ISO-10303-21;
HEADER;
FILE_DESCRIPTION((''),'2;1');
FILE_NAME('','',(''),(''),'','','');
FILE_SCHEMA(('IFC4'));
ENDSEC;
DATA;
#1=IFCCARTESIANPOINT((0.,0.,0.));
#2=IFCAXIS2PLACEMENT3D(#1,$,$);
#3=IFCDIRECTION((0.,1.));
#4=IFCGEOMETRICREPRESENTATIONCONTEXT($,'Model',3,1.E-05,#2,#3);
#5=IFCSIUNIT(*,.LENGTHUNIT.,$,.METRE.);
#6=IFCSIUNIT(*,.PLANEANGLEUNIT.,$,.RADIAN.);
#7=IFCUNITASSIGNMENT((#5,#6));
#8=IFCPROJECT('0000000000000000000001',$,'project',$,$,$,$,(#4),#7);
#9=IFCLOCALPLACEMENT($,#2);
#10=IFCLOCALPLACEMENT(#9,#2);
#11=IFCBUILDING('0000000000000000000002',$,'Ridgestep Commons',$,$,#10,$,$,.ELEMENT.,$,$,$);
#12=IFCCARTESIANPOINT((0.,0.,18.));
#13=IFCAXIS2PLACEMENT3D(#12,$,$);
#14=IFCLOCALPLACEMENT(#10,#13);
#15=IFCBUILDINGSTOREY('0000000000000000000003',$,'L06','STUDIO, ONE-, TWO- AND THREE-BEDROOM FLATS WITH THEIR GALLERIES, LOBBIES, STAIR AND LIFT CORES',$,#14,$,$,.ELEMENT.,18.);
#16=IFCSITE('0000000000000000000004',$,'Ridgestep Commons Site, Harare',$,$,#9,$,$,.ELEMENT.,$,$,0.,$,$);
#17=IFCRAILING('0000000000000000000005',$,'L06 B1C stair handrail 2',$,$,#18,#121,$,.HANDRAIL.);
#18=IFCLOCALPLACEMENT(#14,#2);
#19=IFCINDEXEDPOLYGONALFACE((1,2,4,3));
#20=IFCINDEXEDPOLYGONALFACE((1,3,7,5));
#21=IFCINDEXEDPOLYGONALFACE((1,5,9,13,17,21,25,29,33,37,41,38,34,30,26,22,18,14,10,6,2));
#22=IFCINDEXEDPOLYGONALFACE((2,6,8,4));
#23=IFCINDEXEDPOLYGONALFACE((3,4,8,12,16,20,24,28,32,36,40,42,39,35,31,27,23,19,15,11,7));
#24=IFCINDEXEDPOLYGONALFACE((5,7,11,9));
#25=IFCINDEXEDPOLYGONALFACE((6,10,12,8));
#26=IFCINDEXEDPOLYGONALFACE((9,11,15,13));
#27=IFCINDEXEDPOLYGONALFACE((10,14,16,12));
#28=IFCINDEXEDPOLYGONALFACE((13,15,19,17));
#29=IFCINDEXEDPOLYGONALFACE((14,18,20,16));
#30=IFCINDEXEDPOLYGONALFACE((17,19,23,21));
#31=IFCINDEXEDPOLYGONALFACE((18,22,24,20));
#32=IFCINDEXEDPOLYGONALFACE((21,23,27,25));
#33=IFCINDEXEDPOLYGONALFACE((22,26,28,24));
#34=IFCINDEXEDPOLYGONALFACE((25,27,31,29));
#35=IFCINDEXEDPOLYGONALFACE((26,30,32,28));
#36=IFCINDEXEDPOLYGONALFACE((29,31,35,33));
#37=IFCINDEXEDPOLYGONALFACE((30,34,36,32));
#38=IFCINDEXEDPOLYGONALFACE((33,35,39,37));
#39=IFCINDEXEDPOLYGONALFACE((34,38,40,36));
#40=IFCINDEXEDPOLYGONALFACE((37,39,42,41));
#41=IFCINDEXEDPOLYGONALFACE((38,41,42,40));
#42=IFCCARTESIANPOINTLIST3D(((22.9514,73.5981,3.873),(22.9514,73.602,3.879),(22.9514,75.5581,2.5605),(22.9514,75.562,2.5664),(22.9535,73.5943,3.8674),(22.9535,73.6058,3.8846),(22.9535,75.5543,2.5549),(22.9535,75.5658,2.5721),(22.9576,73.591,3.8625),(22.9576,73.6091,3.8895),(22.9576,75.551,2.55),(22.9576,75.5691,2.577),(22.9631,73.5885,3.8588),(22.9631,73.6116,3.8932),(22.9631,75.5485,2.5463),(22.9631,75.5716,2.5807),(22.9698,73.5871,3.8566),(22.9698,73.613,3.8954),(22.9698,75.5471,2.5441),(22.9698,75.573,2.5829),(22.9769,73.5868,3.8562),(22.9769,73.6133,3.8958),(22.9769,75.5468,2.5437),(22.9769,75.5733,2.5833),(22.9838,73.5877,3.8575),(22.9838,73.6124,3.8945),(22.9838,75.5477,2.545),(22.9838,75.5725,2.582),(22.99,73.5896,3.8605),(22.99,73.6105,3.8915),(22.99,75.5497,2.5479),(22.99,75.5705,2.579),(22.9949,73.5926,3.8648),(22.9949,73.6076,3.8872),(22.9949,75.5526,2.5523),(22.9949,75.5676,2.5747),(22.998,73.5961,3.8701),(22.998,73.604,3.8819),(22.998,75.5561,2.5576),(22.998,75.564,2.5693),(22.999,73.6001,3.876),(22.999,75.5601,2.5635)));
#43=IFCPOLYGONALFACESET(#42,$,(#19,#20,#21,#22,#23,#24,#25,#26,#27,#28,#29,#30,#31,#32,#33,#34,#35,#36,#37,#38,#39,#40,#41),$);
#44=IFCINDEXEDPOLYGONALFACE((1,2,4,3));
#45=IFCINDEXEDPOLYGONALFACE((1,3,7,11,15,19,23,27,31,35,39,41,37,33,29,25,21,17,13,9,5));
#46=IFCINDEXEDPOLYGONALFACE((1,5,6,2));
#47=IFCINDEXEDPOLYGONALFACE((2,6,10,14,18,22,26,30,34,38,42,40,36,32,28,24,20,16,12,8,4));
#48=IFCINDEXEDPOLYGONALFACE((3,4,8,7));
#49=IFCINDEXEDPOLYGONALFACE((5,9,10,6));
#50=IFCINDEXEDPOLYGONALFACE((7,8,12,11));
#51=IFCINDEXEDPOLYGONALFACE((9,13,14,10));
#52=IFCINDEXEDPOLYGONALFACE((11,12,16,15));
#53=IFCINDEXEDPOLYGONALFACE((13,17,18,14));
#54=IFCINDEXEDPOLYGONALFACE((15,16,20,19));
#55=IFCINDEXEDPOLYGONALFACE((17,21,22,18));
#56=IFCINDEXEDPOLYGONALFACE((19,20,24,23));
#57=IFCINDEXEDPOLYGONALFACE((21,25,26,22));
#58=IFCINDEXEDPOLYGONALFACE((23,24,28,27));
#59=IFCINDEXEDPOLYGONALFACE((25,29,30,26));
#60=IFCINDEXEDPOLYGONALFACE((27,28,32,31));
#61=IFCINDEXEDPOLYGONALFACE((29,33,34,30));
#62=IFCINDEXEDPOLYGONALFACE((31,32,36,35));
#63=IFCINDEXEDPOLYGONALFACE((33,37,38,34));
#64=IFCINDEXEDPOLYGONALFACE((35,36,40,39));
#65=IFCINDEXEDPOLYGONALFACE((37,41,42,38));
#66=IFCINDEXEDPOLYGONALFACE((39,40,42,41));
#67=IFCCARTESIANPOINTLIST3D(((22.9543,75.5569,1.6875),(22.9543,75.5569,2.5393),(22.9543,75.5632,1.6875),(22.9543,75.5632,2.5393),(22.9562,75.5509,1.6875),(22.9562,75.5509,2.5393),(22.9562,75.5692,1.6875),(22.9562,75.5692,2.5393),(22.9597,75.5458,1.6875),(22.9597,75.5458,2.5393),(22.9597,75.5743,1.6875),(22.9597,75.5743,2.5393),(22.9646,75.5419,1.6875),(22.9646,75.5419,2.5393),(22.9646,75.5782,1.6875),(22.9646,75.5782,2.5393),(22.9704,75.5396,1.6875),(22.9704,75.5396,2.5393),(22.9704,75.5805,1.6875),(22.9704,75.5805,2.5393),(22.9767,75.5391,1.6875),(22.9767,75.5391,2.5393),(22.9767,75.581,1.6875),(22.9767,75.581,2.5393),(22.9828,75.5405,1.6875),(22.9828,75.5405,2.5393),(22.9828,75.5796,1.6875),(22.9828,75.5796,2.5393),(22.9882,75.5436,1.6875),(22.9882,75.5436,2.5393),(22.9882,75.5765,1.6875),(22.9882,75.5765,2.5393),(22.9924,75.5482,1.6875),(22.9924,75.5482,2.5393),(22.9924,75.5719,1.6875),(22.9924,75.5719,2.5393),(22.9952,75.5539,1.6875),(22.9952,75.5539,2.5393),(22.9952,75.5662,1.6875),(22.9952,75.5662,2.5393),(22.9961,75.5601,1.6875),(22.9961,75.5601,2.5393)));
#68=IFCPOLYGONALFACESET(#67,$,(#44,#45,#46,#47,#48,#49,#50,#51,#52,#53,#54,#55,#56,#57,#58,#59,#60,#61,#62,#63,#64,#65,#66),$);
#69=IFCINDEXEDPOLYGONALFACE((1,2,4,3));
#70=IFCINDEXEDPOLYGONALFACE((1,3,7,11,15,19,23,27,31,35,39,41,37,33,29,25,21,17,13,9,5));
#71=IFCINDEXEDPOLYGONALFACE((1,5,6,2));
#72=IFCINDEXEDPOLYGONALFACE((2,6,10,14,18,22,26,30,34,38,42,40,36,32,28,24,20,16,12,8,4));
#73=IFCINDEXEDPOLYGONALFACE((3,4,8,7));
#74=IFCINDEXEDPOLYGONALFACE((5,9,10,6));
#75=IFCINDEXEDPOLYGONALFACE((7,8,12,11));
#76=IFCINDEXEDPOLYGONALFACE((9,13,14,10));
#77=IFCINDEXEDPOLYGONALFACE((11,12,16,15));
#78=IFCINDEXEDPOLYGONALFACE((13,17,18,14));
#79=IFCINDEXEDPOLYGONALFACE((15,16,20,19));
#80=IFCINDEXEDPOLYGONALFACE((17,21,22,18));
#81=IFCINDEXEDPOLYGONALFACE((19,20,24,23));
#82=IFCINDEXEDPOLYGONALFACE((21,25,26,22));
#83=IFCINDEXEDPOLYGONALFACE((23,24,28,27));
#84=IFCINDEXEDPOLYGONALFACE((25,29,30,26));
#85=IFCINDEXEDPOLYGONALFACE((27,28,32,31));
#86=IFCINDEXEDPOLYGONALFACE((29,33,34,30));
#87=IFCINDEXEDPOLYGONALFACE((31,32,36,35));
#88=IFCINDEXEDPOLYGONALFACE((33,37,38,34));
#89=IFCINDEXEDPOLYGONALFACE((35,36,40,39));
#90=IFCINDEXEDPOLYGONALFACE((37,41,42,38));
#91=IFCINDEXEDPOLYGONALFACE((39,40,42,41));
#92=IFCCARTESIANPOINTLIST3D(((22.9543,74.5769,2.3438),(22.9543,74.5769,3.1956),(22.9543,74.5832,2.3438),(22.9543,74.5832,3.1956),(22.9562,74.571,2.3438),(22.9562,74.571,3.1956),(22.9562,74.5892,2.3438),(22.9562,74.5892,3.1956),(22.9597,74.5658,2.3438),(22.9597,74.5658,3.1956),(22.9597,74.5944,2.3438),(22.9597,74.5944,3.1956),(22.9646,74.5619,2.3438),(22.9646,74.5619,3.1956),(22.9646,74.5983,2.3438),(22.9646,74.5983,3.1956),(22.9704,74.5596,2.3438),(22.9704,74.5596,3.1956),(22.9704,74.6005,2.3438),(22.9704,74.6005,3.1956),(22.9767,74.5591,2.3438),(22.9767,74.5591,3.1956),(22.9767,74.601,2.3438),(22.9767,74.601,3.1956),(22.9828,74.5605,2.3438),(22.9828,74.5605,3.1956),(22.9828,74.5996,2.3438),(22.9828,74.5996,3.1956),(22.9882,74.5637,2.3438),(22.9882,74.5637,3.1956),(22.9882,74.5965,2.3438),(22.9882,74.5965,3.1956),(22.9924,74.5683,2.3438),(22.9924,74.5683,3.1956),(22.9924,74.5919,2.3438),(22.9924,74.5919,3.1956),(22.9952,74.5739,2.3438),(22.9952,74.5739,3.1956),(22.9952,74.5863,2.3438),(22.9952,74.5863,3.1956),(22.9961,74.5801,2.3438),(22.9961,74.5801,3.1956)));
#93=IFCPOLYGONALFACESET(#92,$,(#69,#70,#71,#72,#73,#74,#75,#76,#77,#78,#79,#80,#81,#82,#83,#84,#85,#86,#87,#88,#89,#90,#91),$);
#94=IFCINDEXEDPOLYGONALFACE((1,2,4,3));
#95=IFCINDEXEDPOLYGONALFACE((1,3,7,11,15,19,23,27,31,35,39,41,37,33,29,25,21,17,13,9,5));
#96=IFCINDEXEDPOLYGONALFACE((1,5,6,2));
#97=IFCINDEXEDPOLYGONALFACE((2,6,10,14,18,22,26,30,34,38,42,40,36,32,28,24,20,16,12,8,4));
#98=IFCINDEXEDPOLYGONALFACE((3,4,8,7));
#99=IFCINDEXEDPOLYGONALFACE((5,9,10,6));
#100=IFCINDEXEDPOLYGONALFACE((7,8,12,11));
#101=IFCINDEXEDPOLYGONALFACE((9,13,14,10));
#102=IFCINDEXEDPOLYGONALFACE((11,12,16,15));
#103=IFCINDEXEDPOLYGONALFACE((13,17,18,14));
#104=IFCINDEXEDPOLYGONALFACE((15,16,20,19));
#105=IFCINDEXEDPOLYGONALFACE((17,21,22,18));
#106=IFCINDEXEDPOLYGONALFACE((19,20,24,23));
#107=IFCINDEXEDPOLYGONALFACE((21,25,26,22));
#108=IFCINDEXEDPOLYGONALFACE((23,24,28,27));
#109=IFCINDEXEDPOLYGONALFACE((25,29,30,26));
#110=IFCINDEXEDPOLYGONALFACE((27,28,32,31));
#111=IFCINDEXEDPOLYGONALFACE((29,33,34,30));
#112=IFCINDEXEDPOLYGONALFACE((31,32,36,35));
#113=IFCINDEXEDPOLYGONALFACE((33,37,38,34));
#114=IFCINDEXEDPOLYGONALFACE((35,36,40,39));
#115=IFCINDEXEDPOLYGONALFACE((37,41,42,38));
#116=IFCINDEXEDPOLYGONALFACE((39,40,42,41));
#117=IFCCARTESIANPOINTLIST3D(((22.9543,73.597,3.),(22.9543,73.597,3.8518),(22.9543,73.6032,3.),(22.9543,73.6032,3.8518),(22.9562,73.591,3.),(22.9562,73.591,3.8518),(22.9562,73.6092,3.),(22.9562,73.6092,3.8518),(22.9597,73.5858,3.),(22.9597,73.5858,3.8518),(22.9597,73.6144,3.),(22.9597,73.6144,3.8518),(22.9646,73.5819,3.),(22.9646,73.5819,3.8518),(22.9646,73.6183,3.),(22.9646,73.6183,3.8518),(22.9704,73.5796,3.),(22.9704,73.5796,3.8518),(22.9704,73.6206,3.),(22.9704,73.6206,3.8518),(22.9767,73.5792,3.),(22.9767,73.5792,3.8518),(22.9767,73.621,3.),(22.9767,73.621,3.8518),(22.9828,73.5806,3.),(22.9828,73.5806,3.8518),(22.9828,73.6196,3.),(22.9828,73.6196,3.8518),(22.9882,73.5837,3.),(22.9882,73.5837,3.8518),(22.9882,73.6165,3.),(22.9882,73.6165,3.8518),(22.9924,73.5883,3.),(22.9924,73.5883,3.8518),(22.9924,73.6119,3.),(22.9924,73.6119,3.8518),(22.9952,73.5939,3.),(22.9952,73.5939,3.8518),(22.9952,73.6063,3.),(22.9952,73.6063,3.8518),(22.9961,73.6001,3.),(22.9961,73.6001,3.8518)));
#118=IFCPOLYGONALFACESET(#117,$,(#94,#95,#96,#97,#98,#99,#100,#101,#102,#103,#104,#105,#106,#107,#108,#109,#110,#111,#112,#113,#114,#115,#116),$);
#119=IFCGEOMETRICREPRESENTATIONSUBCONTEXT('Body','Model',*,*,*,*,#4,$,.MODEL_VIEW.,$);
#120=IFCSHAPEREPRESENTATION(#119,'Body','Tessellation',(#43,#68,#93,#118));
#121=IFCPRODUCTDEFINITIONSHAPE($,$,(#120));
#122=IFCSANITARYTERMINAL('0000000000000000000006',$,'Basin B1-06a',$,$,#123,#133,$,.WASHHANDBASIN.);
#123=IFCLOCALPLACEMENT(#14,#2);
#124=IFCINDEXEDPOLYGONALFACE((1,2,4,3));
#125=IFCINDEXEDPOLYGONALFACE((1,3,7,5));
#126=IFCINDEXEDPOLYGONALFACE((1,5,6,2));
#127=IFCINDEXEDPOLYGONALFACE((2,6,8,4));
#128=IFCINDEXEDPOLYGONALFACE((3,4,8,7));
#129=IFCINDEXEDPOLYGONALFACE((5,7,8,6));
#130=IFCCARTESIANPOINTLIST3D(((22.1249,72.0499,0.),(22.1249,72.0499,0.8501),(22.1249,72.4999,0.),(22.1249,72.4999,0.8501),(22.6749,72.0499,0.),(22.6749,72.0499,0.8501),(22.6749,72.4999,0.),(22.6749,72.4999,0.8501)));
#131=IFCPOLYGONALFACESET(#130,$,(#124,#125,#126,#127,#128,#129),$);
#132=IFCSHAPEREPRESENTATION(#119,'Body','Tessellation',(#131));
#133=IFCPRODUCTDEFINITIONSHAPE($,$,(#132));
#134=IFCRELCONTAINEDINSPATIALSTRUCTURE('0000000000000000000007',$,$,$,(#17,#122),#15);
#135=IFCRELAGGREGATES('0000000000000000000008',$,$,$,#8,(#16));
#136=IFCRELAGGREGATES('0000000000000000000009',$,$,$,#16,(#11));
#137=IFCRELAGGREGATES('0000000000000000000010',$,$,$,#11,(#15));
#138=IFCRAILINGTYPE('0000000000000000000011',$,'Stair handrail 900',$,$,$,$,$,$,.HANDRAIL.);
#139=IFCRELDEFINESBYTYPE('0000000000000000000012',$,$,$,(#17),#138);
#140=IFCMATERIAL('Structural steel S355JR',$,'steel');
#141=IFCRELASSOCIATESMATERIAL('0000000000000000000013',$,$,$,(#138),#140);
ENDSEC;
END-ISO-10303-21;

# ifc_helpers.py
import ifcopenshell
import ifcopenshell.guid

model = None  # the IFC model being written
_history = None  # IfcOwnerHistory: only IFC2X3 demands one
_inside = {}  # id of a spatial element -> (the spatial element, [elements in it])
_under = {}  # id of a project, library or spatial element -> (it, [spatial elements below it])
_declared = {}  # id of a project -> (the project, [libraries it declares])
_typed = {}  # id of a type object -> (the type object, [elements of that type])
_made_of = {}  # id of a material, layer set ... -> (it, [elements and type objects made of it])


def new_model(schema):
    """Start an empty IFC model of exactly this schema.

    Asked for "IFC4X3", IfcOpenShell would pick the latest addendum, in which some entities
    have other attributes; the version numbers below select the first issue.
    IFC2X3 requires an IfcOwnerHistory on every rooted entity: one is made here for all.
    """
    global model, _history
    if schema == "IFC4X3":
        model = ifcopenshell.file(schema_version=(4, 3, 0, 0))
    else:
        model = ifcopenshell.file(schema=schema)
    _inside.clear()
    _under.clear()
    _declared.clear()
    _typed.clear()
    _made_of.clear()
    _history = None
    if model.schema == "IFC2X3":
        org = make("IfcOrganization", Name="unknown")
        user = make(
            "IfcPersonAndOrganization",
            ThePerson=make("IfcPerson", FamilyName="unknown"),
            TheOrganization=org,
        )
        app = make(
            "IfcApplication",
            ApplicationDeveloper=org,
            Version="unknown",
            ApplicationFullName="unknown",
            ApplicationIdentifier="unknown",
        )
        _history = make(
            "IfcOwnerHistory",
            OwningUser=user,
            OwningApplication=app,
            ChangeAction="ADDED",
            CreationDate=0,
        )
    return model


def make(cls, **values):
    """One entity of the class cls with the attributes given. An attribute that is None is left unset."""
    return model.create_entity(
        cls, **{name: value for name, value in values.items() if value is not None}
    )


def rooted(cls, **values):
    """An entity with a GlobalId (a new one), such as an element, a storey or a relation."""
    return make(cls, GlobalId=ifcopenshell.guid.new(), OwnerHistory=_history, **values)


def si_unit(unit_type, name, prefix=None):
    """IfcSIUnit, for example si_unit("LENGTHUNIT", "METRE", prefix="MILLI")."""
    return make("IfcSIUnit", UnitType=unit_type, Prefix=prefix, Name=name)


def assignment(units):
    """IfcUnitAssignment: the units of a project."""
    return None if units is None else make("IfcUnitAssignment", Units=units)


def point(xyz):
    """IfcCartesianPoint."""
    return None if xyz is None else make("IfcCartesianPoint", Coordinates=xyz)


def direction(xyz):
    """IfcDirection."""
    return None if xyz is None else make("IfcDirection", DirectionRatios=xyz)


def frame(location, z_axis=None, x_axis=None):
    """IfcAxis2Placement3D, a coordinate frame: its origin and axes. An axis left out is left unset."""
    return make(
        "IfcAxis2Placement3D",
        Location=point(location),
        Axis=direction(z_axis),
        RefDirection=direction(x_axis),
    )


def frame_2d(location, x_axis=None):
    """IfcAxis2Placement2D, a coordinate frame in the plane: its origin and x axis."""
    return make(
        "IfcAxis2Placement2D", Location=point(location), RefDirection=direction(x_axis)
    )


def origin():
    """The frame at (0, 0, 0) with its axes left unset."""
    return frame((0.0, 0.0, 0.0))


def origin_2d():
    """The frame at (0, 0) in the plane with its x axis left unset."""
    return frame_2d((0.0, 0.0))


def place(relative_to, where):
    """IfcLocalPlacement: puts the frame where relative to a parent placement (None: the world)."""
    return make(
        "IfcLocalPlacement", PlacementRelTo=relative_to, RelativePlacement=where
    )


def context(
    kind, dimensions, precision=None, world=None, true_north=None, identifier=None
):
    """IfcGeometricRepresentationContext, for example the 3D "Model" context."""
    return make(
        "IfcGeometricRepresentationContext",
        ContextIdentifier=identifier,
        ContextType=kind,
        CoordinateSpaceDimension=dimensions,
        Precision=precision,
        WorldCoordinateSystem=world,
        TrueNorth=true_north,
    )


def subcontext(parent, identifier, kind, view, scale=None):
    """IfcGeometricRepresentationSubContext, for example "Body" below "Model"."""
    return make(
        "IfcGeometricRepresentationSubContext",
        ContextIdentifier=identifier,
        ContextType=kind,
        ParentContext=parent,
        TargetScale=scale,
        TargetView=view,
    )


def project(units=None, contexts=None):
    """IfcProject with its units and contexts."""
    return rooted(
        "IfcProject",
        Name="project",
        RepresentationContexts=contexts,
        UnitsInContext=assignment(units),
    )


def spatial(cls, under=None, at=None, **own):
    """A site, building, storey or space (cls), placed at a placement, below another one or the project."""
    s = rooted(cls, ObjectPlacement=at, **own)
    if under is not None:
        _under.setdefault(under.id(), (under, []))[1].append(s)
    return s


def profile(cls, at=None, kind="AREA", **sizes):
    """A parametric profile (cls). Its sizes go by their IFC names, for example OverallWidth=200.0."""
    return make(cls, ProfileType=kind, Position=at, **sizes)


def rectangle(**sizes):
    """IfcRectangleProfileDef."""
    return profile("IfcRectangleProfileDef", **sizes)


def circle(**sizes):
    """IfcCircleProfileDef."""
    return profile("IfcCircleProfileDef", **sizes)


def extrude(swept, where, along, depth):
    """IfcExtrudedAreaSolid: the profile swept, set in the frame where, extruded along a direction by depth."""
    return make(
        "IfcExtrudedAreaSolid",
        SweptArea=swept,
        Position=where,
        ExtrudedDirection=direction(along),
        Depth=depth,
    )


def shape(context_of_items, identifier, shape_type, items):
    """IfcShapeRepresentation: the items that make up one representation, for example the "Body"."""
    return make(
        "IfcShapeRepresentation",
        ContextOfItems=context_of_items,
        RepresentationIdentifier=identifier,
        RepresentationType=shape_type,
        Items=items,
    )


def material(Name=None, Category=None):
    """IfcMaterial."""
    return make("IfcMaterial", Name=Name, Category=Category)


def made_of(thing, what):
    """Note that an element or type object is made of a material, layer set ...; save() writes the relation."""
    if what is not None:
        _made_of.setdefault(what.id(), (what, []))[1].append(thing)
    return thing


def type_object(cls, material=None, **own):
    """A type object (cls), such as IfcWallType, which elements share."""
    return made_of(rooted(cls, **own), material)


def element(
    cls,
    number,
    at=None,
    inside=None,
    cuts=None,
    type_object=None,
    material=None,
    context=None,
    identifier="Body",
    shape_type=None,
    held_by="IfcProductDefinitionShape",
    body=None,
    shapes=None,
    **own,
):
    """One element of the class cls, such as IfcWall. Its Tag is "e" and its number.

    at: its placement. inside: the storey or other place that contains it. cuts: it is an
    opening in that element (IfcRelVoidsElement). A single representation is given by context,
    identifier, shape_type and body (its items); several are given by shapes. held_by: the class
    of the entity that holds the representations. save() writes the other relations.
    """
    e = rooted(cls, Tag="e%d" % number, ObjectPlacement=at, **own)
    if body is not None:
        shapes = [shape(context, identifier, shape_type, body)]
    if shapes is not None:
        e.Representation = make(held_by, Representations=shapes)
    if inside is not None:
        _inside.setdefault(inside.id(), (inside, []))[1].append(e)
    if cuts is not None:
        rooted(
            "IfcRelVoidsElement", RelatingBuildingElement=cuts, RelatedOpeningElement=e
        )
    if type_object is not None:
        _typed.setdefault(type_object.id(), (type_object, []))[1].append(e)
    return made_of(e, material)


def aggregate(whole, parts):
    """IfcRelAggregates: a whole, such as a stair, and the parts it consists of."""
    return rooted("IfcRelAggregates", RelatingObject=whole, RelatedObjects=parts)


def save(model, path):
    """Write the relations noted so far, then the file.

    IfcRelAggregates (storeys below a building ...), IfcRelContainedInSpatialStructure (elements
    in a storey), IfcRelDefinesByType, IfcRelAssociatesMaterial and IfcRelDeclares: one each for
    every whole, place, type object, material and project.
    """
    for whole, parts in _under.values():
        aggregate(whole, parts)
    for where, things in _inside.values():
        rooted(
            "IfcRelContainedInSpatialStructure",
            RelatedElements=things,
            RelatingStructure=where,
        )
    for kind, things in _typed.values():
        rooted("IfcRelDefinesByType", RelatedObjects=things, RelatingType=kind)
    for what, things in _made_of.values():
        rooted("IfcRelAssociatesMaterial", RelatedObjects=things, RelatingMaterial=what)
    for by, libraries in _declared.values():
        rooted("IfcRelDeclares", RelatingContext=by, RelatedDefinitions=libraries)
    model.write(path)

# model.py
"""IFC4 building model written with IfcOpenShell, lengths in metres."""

from ifc_helpers import new_model, si_unit, direction, frame, origin, origin_2d, place, context, subcontext, project, spatial, rectangle, circle, extrude, material, type_object, element, save


model = new_model("IFC4")

# Units and contexts
model_context = context("Model", 3, precision=1e-05, world=origin(), true_north=direction((0.0, 1.0)))
body_context = subcontext(model_context, "Body", "Model", "MODEL_VIEW")
ifc_project = project(units=[si_unit("LENGTHUNIT", "METRE"), si_unit("PLANEANGLEUNIT", "RADIAN")], contexts=[model_context])

# Site, building, storey
site_placement = place(None, origin())
site = spatial("IfcSite", under=ifc_project, at=site_placement, Name="Ridgestep Commons Site, Harare", CompositionType="ELEMENT", RefElevation=0.0)
building_placement = place(site_placement, origin())
building = spatial("IfcBuilding", under=site, at=building_placement, Name="Ridgestep Commons", CompositionType="ELEMENT")
storey_placement = place(building_placement, frame((0.0, 0.0, 18.0)))
storey = spatial("IfcBuildingStorey", under=building, at=storey_placement, Name="L06", Description="STUDIO, ONE-, TWO- AND THREE-BEDROOM FLATS WITH THEIR GALLERIES, LOBBIES, STAIR AND LIFT CORES", CompositionType="ELEMENT", Elevation=18.0)

# Railing
ifc_material_1 = material(Name="Structural steel S355JR", Category="steel")
railing_type_1 = type_object("IfcRailingType", Name="Stair handrail 900", PredefinedType="HANDRAIL", material=ifc_material_1)
railing_1_placement = place(storey_placement, frame((22.9751, 75.5601, 1.6875)))
element("IfcRailing", 1, at=railing_1_placement, inside=storey, type_object=railing_type_1, Name="L06 B1C stair handrail 2", PredefinedType="HANDRAIL", context=body_context, shape_type="SweptSolid", body=[
    extrude(circle(Radius=0.0239, at=origin_2d()), frame((0.0, 0.0, 0.876), z_axis=(0.0, -0.830902, 0.556419), x_axis=(1.0, 0.0, 0.0)), (0.0, 0.0, 1.0), 2.3589),
    extrude(circle(Radius=0.021, at=origin_2d()), origin(), (0.0, 0.0, 1.0), 0.8518),
    extrude(circle(Radius=0.021, at=origin_2d()), frame((0.0, -0.98, 0.6562)), (0.0, 0.0, 1.0), 0.8518),
    extrude(circle(Radius=0.021, at=origin_2d()), frame((0.0, -1.96, 1.3125)), (0.0, 0.0, 1.0), 0.8518),
])

# Sanitary terminal
sanitary_terminal_placement = place(storey_placement, frame((22.3999, 72.2749, 0.0), z_axis=(0.0, 0.0, 1.0), x_axis=(1.0, 0.0, 0.0)))
element("IfcSanitaryTerminal", 2, at=sanitary_terminal_placement, inside=storey, Name="Basin B1-06a", PredefinedType="WASHHANDBASIN", context=body_context, shape_type="SweptSolid", body=[
    extrude(rectangle(XDim=0.55, YDim=0.45, at=origin_2d()), origin(), (0.0, 0.0, 1.0), 0.8501),
])

save(model, "model.ifc")
